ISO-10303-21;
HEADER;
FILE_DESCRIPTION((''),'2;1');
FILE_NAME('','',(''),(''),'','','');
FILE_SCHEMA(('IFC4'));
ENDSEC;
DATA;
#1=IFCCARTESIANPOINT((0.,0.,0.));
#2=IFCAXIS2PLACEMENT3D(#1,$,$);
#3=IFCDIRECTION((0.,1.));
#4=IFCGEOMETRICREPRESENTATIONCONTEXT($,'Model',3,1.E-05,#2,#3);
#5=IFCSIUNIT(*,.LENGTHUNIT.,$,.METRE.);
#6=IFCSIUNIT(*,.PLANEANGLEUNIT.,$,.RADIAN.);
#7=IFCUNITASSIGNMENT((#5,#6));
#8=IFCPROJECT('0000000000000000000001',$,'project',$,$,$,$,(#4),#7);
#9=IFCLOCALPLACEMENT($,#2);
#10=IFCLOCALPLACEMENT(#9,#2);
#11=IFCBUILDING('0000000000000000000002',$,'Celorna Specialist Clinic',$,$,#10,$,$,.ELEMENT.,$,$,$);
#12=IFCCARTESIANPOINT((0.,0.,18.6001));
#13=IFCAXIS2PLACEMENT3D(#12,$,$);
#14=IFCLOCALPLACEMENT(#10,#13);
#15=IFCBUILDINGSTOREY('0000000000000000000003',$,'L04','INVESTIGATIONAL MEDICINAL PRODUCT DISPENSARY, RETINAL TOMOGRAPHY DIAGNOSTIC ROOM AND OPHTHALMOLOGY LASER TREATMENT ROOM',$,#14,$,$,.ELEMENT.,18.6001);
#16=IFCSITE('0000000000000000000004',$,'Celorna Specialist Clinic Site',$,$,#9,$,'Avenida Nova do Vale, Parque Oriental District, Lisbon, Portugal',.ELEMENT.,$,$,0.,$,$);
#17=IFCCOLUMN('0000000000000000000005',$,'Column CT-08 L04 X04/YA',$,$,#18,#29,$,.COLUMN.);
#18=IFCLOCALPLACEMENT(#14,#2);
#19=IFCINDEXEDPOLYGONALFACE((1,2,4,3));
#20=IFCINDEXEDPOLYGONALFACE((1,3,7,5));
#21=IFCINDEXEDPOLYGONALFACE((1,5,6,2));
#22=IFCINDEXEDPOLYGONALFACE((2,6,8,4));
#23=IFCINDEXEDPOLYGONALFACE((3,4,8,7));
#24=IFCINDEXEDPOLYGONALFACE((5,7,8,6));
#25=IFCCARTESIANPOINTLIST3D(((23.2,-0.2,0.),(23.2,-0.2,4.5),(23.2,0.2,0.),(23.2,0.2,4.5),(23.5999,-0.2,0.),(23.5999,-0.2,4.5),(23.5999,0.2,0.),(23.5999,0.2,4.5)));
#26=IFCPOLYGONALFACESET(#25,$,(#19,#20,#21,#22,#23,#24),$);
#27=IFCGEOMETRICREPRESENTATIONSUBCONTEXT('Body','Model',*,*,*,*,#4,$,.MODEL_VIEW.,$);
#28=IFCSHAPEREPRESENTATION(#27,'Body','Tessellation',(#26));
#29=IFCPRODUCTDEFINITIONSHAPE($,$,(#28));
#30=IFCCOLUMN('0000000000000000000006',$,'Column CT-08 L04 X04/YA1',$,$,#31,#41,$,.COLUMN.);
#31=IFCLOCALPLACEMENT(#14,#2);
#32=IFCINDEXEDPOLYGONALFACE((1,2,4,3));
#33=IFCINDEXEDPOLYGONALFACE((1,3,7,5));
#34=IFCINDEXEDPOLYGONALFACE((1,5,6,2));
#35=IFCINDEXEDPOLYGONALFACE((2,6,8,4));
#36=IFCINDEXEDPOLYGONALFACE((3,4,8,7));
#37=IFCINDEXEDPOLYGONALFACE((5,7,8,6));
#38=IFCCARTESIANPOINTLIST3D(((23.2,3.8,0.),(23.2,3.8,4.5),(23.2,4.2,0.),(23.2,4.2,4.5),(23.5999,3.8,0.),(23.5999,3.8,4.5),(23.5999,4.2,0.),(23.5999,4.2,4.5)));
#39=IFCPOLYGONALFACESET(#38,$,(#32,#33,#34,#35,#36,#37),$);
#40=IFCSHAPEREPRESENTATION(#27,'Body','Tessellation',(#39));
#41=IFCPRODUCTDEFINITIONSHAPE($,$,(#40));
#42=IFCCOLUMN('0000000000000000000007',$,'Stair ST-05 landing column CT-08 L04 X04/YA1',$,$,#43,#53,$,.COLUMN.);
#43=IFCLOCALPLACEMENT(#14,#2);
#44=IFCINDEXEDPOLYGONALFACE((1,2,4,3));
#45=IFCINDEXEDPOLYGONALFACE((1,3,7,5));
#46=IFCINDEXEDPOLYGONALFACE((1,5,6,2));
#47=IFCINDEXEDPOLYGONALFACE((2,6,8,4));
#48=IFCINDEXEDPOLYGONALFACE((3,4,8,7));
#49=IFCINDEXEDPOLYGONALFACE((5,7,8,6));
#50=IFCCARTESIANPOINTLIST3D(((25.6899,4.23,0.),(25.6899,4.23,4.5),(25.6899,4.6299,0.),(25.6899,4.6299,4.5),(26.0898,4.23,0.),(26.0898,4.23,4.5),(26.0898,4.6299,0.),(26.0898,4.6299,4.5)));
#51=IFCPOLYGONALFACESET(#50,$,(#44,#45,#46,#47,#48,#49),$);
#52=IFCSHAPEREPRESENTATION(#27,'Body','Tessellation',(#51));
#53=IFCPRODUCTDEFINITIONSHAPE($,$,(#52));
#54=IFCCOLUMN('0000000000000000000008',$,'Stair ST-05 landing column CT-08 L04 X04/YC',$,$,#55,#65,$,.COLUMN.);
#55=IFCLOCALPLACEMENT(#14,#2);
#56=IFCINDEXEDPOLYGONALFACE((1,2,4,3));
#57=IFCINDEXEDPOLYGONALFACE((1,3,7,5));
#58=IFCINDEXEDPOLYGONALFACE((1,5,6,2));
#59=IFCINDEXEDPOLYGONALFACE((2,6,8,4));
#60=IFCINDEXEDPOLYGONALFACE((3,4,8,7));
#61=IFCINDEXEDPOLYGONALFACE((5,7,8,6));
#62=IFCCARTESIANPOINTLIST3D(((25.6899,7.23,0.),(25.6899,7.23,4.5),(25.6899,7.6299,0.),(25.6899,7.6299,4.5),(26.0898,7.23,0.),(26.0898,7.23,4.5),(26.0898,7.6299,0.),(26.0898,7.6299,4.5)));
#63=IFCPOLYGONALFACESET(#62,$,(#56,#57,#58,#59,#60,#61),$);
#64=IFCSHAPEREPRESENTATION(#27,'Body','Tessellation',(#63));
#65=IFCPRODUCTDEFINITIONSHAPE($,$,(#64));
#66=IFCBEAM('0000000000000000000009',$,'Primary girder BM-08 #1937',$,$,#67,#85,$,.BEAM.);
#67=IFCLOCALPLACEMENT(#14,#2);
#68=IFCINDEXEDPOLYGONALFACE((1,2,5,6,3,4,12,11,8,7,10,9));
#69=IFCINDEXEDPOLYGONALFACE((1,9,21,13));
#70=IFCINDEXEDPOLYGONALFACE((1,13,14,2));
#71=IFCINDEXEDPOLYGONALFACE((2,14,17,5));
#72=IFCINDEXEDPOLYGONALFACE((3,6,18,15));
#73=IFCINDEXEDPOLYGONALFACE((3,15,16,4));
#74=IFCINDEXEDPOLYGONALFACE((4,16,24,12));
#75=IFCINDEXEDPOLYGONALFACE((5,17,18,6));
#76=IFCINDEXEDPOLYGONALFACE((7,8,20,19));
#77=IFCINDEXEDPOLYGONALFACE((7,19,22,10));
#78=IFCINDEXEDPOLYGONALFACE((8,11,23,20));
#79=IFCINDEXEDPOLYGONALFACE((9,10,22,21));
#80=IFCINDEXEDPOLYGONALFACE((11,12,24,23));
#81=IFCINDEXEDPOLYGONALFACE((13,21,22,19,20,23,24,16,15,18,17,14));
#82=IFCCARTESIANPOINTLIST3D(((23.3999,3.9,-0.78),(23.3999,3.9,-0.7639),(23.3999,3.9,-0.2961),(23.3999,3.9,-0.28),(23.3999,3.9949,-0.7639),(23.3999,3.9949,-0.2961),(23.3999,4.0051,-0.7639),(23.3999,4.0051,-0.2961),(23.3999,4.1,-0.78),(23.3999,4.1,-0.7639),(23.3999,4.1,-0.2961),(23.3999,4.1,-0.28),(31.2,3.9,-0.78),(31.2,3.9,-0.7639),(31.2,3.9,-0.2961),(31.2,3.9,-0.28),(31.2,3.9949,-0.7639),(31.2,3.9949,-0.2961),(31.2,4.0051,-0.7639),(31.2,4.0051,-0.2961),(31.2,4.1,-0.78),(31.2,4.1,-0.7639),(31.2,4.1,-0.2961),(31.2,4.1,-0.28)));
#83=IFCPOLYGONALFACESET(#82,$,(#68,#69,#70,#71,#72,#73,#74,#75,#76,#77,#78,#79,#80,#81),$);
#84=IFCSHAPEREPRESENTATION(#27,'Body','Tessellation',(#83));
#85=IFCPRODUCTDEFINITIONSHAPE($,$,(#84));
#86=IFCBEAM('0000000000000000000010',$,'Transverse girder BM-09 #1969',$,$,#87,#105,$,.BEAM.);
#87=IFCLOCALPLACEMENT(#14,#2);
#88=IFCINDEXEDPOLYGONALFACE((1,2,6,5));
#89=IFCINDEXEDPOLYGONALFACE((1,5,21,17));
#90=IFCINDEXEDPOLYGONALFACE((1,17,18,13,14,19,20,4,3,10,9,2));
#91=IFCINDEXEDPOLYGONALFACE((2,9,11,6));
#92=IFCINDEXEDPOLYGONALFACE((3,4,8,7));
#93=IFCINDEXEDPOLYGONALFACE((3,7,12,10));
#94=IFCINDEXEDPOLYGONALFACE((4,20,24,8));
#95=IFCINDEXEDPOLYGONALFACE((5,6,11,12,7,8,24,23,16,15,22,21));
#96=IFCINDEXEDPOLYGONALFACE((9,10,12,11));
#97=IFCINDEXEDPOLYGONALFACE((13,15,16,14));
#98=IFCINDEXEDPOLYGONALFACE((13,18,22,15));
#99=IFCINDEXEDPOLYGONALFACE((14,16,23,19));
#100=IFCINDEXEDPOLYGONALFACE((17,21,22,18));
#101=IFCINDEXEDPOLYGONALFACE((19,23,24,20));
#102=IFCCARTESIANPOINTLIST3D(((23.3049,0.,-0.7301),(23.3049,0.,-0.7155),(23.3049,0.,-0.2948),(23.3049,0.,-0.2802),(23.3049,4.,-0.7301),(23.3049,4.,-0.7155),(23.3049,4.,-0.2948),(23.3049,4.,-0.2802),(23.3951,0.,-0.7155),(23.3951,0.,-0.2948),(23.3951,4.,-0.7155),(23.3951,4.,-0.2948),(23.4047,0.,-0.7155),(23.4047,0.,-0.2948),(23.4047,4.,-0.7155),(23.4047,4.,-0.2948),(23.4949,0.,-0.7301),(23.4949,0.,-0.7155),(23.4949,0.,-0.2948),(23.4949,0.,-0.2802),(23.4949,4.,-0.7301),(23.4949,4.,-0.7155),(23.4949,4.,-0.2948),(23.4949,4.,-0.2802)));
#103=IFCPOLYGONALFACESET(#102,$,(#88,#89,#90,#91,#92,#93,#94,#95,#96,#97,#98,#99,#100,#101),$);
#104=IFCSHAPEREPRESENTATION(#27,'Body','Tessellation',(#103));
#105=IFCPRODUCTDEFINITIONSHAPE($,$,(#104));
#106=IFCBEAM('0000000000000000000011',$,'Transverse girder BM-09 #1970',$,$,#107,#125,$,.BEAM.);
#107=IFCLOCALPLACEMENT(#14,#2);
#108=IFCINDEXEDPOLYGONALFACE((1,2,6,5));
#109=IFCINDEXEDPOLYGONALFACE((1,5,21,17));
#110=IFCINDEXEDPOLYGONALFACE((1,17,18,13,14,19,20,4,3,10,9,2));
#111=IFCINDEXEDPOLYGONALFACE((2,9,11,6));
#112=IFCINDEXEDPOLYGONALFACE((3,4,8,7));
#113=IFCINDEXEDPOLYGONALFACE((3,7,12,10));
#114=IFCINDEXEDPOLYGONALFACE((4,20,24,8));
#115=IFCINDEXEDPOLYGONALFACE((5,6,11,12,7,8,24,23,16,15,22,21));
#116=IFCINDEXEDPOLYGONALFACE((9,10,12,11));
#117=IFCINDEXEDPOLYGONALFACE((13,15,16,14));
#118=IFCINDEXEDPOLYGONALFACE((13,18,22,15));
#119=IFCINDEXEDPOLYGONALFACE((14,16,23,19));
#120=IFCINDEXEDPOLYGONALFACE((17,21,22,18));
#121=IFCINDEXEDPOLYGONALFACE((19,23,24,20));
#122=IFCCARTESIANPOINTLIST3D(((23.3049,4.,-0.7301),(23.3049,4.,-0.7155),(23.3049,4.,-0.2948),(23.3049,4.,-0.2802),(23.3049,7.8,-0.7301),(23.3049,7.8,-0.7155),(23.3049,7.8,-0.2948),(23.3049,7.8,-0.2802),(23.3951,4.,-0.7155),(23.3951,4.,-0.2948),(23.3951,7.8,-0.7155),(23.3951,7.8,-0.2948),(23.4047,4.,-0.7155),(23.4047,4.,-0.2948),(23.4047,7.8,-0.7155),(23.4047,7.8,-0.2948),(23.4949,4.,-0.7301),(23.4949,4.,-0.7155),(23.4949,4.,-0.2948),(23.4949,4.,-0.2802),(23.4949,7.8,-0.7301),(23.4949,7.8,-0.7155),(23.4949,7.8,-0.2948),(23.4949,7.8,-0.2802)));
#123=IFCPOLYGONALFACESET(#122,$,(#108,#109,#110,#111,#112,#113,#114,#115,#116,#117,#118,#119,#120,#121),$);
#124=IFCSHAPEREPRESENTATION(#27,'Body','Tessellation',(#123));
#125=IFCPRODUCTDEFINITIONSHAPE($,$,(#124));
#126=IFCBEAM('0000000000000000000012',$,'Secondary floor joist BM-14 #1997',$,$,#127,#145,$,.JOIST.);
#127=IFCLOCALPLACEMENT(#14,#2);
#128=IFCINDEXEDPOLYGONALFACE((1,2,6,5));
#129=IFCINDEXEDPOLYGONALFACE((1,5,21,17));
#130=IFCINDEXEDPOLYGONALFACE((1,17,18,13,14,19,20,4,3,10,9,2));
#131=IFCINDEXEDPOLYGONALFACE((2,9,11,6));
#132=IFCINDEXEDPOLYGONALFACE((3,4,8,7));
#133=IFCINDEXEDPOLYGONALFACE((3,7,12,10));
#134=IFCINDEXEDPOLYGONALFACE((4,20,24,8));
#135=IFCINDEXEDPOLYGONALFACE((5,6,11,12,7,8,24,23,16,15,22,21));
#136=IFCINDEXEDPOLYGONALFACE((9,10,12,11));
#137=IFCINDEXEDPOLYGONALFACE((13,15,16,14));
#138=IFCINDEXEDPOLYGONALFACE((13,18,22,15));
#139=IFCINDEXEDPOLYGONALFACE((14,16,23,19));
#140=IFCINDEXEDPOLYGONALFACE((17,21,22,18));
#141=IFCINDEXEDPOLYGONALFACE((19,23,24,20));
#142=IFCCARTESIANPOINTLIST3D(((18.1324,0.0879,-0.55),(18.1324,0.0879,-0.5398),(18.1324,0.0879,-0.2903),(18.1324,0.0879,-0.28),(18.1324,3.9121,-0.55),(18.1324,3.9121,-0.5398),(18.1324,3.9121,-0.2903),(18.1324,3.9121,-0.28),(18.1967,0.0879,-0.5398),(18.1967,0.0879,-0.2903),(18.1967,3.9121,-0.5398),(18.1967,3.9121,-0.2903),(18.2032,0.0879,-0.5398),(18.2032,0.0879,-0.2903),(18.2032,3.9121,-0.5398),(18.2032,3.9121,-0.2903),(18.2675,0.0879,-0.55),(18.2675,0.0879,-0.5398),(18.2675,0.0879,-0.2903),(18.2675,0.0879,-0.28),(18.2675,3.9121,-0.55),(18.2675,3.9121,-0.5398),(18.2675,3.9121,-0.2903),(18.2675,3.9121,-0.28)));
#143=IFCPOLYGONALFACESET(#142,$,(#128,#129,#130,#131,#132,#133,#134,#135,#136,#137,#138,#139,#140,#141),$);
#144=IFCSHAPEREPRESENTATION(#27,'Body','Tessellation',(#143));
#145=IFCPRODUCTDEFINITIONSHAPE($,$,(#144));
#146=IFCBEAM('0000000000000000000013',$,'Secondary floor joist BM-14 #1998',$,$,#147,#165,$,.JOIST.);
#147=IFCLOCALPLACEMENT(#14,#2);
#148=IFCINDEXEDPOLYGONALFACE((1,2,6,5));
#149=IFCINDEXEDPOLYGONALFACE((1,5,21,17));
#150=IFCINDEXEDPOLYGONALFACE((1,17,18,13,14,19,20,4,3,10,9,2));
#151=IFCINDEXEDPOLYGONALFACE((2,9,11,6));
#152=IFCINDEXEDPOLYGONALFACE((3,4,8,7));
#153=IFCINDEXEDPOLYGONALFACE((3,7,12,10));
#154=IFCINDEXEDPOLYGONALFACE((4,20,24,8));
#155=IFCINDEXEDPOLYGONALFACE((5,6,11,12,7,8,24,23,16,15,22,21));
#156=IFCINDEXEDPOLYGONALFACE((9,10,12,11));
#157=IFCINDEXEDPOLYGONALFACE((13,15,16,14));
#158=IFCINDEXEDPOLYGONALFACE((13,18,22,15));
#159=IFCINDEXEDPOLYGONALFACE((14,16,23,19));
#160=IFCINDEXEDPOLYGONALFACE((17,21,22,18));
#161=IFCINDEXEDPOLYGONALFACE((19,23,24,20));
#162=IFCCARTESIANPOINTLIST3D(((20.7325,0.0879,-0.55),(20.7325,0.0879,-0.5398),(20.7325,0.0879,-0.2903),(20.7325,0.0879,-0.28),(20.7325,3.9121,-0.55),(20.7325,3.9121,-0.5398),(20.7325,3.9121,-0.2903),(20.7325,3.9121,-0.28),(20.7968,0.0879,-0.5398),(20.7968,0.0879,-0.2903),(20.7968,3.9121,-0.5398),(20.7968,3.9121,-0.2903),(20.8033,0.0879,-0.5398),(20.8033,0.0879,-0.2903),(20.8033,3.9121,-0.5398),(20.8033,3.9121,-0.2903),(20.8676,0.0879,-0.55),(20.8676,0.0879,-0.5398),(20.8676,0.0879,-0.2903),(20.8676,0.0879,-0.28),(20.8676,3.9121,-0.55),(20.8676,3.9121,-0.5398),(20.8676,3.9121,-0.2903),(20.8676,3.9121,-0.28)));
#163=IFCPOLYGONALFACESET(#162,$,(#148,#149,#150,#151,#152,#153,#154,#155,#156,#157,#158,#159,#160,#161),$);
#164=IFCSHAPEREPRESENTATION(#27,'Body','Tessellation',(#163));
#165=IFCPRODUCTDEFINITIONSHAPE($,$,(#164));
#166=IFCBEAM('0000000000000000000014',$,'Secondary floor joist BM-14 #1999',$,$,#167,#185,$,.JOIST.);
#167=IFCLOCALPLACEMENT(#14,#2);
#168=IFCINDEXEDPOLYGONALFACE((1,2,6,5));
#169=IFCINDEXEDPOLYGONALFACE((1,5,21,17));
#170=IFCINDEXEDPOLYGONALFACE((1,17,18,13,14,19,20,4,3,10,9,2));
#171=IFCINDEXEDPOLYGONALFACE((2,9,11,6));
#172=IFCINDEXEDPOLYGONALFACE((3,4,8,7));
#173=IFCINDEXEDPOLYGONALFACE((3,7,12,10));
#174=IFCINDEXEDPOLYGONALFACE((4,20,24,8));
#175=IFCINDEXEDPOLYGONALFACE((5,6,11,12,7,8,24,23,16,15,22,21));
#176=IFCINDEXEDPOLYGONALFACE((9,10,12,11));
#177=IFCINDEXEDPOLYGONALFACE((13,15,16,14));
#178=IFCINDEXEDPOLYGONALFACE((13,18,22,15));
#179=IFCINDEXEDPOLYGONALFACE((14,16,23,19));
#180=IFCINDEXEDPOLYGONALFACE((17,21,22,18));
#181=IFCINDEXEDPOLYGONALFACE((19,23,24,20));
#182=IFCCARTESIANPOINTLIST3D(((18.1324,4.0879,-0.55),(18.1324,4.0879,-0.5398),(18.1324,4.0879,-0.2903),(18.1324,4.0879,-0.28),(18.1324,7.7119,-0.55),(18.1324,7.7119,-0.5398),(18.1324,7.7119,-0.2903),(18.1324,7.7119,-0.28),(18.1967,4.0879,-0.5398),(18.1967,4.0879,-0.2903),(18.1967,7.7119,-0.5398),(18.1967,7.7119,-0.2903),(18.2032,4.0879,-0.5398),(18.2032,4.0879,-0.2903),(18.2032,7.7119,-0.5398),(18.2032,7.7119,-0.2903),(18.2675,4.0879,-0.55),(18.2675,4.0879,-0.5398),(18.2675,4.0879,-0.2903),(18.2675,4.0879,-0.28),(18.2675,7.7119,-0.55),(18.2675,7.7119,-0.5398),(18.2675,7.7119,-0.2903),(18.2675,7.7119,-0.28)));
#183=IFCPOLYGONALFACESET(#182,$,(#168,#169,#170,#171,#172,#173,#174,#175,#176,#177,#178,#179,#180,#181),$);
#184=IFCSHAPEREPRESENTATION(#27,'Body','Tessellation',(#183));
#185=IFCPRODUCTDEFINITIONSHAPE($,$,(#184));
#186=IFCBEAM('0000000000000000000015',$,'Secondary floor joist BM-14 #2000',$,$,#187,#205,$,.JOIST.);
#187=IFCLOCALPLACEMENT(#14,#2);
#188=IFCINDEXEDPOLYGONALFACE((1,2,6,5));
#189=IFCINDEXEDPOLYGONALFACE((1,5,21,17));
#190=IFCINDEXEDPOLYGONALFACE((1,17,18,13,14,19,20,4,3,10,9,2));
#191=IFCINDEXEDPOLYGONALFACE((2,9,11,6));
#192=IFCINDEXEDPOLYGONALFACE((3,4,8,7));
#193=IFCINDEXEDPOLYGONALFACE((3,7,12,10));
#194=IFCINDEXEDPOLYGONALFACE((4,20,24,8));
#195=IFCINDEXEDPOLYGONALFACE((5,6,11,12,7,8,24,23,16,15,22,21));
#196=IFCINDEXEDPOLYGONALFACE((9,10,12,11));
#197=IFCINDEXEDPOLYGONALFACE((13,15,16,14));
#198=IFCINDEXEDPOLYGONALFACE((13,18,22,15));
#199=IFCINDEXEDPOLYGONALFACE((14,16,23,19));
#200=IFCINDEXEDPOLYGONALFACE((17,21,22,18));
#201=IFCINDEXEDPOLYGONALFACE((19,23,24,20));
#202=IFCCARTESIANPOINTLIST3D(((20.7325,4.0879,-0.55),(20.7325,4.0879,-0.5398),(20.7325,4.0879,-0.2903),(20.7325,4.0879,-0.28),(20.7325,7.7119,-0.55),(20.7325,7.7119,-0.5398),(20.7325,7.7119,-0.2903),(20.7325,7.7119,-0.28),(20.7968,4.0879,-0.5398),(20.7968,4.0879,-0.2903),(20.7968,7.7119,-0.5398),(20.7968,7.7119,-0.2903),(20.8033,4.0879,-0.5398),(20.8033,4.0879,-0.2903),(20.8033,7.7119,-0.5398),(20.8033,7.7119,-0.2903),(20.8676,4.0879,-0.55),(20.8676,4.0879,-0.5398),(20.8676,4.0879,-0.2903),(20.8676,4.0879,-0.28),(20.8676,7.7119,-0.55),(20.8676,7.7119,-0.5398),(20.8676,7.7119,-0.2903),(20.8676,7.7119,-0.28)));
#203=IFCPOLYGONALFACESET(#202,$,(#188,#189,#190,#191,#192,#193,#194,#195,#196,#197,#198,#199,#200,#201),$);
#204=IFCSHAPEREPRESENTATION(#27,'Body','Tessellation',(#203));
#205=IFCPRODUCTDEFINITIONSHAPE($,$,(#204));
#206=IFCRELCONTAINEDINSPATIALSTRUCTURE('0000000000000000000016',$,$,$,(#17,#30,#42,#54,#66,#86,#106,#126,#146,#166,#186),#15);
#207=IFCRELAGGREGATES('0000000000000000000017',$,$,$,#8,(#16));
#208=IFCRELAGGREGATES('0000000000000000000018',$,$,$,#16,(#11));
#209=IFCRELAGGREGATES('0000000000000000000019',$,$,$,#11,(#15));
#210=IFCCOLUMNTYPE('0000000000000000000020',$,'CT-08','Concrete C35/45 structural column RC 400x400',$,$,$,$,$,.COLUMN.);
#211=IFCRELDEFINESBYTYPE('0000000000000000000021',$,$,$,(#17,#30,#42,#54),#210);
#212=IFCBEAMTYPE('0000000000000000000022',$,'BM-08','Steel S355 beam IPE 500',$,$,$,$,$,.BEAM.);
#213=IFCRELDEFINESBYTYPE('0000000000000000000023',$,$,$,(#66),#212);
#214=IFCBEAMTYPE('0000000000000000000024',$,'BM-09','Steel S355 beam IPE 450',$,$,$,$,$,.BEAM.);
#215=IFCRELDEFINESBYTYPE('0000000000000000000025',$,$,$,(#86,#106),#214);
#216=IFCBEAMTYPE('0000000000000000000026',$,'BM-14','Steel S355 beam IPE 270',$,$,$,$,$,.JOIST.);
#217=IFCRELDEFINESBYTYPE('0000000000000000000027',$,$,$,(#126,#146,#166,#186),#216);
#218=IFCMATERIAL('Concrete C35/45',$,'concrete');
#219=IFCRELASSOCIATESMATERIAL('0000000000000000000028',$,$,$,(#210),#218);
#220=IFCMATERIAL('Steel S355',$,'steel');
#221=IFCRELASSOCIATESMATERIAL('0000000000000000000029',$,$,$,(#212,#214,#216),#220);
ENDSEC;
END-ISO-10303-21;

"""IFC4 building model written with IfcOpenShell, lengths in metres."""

from ifc_helpers import new_model, si_unit, direction, frame, origin, origin_2d, place, context, subcontext, project, spatial, rectangle, i_section, extrude, material, material_profile, profile_set, type_object, element, save


model = new_model("IFC4")

# Units and contexts
model_context = context("Model", 3, precision=1e-05, world=origin(), true_north=direction((0.0, 1.0)))
body_context = subcontext(model_context, "Body", "Model", "MODEL_VIEW")
ifc_project = project(units=[si_unit("LENGTHUNIT", "METRE"), si_unit("PLANEANGLEUNIT", "RADIAN")], contexts=[model_context])

# Site, building, storey
site_placement = place(None, origin())
site = spatial("IfcSite", under=ifc_project, at=site_placement, Name="Celorna Specialist Clinic Site", LongName="Avenida Nova do Vale, Parque Oriental District, Lisbon, Portugal", CompositionType="ELEMENT", RefElevation=0.0)
building_placement = place(site_placement, origin())
building = spatial("IfcBuilding", under=site, at=building_placement, Name="Celorna Specialist Clinic", CompositionType="ELEMENT")
storey_placement = place(building_placement, frame((0.0, 0.0, 18.6001)))
storey = spatial("IfcBuildingStorey", under=building, at=storey_placement, Name="L04", Description="INVESTIGATIONAL MEDICINAL PRODUCT DISPENSARY, RETINAL TOMOGRAPHY DIAGNOSTIC ROOM AND OPHTHALMOLOGY LASER TREATMENT ROOM", CompositionType="ELEMENT", Elevation=18.6001)

# Columns
ifc_material_1 = material(Name="Concrete C35/45", Category="concrete")
ifc_material_profile_1 = material_profile(ifc_material_1, rectangle(XDim=0.3999, YDim=0.3999, at=origin_2d()), Name="RC 400x400")
ifc_profile_set_1 = profile_set([ifc_material_profile_1], Name="Concrete C35/45")
column_type = type_object("IfcColumnType", Name="CT-08", Description="Concrete C35/45 structural column RC 400x400", PredefinedType="COLUMN", material=ifc_profile_set_1)
for number, where, z_axis, x_axis, name in (
    (1, (23.3999, 0.0, 0.0), (0.0, 0.0, 1.0), (1.0, 0.0, 0.0), "Column CT-08 L04 X04/YA"),
    (2, (23.3999, 4.0, 0.0), (0.0, 0.0, 1.0), (1.0, 0.0, 0.0), "Column CT-08 L04 X04/YA1"),
    (3, (25.8899, 4.4299, 0.0), (0.0, 0.0, 1.0), (1.0, 0.0, 0.0), "Stair ST-05 landing column CT-08 L04 X04/YA1"),
    (4, (25.8899, 7.4299, 0.0), (0.0, 0.0, 1.0), (1.0, 0.0, 0.0), "Stair ST-05 landing column CT-08 L04 X04/YC"),
):
    element("IfcColumn", number, at=place(storey_placement, frame(where, z_axis=z_axis, x_axis=x_axis)), inside=storey, type_object=column_type, Name=name, PredefinedType="COLUMN", context=body_context, shape_type="SweptSolid", body=[
        extrude(rectangle(XDim=0.3999, YDim=0.3999, at=origin_2d()), origin(), (0.0, 0.0, 1.0), 4.5),
    ])

# Beams
ifc_material_2 = material(Name="Steel S355", Category="steel")
ifc_material_profile_2 = material_profile(ifc_material_2, i_section(OverallWidth=0.2, OverallDepth=0.5, WebThickness=0.0103, FlangeThickness=0.0161, at=origin_2d()), Name="IPE 500")
ifc_profile_set_2 = profile_set([ifc_material_profile_2], Name="Steel S355")
beam_type_1 = type_object("IfcBeamType", Name="BM-08", Description="Steel S355 beam IPE 500", PredefinedType="BEAM", material=ifc_profile_set_2)
beam_1_placement = place(storey_placement, frame((23.3999, 4.0, -0.53), z_axis=(1.0, 0.0, 0.0), x_axis=(0.0, 1.0, 0.0)))
element("IfcBeam", 5, at=beam_1_placement, inside=storey, type_object=beam_type_1, Name="Primary girder BM-08 #1937", PredefinedType="BEAM", context=body_context, shape_type="SweptSolid", body=[
    extrude(i_section(OverallWidth=0.2, OverallDepth=0.5, WebThickness=0.0103, FlangeThickness=0.0161, at=origin_2d()), origin(), (0.0, 0.0, 1.0), 7.8),
])
ifc_material_profile_3 = material_profile(ifc_material_2, i_section(OverallWidth=0.1899, OverallDepth=0.45, WebThickness=0.0095, FlangeThickness=0.0146, at=origin_2d()), Name="IPE 450")
ifc_profile_set_3 = profile_set([ifc_material_profile_3], Name="Steel S355")
beam_type_2 = type_object("IfcBeamType", Name="BM-09", Description="Steel S355 beam IPE 450", PredefinedType="BEAM", material=ifc_profile_set_3)
beam_2_placement = place(storey_placement, frame((23.3999, 0.0, -0.5051), z_axis=(0.0, 1.0, 0.0), x_axis=(-1.0, 0.0, 0.0)))
element("IfcBeam", 6, at=beam_2_placement, inside=storey, type_object=beam_type_2, Name="Transverse girder BM-09 #1969", PredefinedType="BEAM", context=body_context, shape_type="SweptSolid", body=[
    extrude(i_section(OverallWidth=0.1899, OverallDepth=0.45, WebThickness=0.0095, FlangeThickness=0.0146, at=origin_2d()), origin(), (0.0, 0.0, 1.0), 4.0),
])
beam_3_placement = place(storey_placement, frame((23.3999, 4.0, -0.5051), z_axis=(0.0, 1.0, 0.0), x_axis=(-1.0, 0.0, 0.0)))
element("IfcBeam", 7, at=beam_3_placement, inside=storey, type_object=beam_type_2, Name="Transverse girder BM-09 #1970", PredefinedType="BEAM", context=body_context, shape_type="SweptSolid", body=[
    extrude(i_section(OverallWidth=0.1899, OverallDepth=0.45, WebThickness=0.0095, FlangeThickness=0.0146, at=origin_2d()), origin(), (0.0, 0.0, 1.0), 3.8),
])
ifc_material_profile_4 = material_profile(ifc_material_2, i_section(OverallWidth=0.135, OverallDepth=0.27, WebThickness=0.0066, FlangeThickness=0.0103, at=origin_2d()), Name="IPE 270")
ifc_profile_set_4 = profile_set([ifc_material_profile_4], Name="Steel S355")
beam_type_3 = type_object("IfcBeamType", Name="BM-14", Description="Steel S355 beam IPE 270", PredefinedType="JOIST", material=ifc_profile_set_4)
for number, where, z_axis, x_axis, name in (
    (8, (18.2, 0.0879, -0.415), (0.0, 1.0, 0.0), (-1.0, 0.0, 0.0), "Secondary floor joist BM-14 #1997"),
    (9, (20.8, 0.0879, -0.415), (0.0, 1.0, 0.0), (-1.0, 0.0, 0.0), "Secondary floor joist BM-14 #1998"),
):
    element("IfcBeam", number, at=place(storey_placement, frame(where, z_axis=z_axis, x_axis=x_axis)), inside=storey, type_object=beam_type_3, Name=name, PredefinedType="JOIST", context=body_context, shape_type="SweptSolid", body=[
        extrude(i_section(OverallWidth=0.135, OverallDepth=0.27, WebThickness=0.0066, FlangeThickness=0.0103, at=origin_2d()), origin(), (0.0, 0.0, 1.0), 3.8242),
    ])
for number, where, z_axis, x_axis, name in (
    (10, (18.2, 4.0879, -0.415), (0.0, 1.0, 0.0), (-1.0, 0.0, 0.0), "Secondary floor joist BM-14 #1999"),
    (11, (20.8, 4.0879, -0.415), (0.0, 1.0, 0.0), (-1.0, 0.0, 0.0), "Secondary floor joist BM-14 #2000"),
):
    element("IfcBeam", number, at=place(storey_placement, frame(where, z_axis=z_axis, x_axis=x_axis)), inside=storey, type_object=beam_type_3, Name=name, PredefinedType="JOIST", context=body_context, shape_type="SweptSolid", body=[
        extrude(i_section(OverallWidth=0.135, OverallDepth=0.27, WebThickness=0.0066, FlangeThickness=0.0103, at=origin_2d()), origin(), (0.0, 0.0, 1.0), 3.624),
    ])

save(model, "model.ifc")
